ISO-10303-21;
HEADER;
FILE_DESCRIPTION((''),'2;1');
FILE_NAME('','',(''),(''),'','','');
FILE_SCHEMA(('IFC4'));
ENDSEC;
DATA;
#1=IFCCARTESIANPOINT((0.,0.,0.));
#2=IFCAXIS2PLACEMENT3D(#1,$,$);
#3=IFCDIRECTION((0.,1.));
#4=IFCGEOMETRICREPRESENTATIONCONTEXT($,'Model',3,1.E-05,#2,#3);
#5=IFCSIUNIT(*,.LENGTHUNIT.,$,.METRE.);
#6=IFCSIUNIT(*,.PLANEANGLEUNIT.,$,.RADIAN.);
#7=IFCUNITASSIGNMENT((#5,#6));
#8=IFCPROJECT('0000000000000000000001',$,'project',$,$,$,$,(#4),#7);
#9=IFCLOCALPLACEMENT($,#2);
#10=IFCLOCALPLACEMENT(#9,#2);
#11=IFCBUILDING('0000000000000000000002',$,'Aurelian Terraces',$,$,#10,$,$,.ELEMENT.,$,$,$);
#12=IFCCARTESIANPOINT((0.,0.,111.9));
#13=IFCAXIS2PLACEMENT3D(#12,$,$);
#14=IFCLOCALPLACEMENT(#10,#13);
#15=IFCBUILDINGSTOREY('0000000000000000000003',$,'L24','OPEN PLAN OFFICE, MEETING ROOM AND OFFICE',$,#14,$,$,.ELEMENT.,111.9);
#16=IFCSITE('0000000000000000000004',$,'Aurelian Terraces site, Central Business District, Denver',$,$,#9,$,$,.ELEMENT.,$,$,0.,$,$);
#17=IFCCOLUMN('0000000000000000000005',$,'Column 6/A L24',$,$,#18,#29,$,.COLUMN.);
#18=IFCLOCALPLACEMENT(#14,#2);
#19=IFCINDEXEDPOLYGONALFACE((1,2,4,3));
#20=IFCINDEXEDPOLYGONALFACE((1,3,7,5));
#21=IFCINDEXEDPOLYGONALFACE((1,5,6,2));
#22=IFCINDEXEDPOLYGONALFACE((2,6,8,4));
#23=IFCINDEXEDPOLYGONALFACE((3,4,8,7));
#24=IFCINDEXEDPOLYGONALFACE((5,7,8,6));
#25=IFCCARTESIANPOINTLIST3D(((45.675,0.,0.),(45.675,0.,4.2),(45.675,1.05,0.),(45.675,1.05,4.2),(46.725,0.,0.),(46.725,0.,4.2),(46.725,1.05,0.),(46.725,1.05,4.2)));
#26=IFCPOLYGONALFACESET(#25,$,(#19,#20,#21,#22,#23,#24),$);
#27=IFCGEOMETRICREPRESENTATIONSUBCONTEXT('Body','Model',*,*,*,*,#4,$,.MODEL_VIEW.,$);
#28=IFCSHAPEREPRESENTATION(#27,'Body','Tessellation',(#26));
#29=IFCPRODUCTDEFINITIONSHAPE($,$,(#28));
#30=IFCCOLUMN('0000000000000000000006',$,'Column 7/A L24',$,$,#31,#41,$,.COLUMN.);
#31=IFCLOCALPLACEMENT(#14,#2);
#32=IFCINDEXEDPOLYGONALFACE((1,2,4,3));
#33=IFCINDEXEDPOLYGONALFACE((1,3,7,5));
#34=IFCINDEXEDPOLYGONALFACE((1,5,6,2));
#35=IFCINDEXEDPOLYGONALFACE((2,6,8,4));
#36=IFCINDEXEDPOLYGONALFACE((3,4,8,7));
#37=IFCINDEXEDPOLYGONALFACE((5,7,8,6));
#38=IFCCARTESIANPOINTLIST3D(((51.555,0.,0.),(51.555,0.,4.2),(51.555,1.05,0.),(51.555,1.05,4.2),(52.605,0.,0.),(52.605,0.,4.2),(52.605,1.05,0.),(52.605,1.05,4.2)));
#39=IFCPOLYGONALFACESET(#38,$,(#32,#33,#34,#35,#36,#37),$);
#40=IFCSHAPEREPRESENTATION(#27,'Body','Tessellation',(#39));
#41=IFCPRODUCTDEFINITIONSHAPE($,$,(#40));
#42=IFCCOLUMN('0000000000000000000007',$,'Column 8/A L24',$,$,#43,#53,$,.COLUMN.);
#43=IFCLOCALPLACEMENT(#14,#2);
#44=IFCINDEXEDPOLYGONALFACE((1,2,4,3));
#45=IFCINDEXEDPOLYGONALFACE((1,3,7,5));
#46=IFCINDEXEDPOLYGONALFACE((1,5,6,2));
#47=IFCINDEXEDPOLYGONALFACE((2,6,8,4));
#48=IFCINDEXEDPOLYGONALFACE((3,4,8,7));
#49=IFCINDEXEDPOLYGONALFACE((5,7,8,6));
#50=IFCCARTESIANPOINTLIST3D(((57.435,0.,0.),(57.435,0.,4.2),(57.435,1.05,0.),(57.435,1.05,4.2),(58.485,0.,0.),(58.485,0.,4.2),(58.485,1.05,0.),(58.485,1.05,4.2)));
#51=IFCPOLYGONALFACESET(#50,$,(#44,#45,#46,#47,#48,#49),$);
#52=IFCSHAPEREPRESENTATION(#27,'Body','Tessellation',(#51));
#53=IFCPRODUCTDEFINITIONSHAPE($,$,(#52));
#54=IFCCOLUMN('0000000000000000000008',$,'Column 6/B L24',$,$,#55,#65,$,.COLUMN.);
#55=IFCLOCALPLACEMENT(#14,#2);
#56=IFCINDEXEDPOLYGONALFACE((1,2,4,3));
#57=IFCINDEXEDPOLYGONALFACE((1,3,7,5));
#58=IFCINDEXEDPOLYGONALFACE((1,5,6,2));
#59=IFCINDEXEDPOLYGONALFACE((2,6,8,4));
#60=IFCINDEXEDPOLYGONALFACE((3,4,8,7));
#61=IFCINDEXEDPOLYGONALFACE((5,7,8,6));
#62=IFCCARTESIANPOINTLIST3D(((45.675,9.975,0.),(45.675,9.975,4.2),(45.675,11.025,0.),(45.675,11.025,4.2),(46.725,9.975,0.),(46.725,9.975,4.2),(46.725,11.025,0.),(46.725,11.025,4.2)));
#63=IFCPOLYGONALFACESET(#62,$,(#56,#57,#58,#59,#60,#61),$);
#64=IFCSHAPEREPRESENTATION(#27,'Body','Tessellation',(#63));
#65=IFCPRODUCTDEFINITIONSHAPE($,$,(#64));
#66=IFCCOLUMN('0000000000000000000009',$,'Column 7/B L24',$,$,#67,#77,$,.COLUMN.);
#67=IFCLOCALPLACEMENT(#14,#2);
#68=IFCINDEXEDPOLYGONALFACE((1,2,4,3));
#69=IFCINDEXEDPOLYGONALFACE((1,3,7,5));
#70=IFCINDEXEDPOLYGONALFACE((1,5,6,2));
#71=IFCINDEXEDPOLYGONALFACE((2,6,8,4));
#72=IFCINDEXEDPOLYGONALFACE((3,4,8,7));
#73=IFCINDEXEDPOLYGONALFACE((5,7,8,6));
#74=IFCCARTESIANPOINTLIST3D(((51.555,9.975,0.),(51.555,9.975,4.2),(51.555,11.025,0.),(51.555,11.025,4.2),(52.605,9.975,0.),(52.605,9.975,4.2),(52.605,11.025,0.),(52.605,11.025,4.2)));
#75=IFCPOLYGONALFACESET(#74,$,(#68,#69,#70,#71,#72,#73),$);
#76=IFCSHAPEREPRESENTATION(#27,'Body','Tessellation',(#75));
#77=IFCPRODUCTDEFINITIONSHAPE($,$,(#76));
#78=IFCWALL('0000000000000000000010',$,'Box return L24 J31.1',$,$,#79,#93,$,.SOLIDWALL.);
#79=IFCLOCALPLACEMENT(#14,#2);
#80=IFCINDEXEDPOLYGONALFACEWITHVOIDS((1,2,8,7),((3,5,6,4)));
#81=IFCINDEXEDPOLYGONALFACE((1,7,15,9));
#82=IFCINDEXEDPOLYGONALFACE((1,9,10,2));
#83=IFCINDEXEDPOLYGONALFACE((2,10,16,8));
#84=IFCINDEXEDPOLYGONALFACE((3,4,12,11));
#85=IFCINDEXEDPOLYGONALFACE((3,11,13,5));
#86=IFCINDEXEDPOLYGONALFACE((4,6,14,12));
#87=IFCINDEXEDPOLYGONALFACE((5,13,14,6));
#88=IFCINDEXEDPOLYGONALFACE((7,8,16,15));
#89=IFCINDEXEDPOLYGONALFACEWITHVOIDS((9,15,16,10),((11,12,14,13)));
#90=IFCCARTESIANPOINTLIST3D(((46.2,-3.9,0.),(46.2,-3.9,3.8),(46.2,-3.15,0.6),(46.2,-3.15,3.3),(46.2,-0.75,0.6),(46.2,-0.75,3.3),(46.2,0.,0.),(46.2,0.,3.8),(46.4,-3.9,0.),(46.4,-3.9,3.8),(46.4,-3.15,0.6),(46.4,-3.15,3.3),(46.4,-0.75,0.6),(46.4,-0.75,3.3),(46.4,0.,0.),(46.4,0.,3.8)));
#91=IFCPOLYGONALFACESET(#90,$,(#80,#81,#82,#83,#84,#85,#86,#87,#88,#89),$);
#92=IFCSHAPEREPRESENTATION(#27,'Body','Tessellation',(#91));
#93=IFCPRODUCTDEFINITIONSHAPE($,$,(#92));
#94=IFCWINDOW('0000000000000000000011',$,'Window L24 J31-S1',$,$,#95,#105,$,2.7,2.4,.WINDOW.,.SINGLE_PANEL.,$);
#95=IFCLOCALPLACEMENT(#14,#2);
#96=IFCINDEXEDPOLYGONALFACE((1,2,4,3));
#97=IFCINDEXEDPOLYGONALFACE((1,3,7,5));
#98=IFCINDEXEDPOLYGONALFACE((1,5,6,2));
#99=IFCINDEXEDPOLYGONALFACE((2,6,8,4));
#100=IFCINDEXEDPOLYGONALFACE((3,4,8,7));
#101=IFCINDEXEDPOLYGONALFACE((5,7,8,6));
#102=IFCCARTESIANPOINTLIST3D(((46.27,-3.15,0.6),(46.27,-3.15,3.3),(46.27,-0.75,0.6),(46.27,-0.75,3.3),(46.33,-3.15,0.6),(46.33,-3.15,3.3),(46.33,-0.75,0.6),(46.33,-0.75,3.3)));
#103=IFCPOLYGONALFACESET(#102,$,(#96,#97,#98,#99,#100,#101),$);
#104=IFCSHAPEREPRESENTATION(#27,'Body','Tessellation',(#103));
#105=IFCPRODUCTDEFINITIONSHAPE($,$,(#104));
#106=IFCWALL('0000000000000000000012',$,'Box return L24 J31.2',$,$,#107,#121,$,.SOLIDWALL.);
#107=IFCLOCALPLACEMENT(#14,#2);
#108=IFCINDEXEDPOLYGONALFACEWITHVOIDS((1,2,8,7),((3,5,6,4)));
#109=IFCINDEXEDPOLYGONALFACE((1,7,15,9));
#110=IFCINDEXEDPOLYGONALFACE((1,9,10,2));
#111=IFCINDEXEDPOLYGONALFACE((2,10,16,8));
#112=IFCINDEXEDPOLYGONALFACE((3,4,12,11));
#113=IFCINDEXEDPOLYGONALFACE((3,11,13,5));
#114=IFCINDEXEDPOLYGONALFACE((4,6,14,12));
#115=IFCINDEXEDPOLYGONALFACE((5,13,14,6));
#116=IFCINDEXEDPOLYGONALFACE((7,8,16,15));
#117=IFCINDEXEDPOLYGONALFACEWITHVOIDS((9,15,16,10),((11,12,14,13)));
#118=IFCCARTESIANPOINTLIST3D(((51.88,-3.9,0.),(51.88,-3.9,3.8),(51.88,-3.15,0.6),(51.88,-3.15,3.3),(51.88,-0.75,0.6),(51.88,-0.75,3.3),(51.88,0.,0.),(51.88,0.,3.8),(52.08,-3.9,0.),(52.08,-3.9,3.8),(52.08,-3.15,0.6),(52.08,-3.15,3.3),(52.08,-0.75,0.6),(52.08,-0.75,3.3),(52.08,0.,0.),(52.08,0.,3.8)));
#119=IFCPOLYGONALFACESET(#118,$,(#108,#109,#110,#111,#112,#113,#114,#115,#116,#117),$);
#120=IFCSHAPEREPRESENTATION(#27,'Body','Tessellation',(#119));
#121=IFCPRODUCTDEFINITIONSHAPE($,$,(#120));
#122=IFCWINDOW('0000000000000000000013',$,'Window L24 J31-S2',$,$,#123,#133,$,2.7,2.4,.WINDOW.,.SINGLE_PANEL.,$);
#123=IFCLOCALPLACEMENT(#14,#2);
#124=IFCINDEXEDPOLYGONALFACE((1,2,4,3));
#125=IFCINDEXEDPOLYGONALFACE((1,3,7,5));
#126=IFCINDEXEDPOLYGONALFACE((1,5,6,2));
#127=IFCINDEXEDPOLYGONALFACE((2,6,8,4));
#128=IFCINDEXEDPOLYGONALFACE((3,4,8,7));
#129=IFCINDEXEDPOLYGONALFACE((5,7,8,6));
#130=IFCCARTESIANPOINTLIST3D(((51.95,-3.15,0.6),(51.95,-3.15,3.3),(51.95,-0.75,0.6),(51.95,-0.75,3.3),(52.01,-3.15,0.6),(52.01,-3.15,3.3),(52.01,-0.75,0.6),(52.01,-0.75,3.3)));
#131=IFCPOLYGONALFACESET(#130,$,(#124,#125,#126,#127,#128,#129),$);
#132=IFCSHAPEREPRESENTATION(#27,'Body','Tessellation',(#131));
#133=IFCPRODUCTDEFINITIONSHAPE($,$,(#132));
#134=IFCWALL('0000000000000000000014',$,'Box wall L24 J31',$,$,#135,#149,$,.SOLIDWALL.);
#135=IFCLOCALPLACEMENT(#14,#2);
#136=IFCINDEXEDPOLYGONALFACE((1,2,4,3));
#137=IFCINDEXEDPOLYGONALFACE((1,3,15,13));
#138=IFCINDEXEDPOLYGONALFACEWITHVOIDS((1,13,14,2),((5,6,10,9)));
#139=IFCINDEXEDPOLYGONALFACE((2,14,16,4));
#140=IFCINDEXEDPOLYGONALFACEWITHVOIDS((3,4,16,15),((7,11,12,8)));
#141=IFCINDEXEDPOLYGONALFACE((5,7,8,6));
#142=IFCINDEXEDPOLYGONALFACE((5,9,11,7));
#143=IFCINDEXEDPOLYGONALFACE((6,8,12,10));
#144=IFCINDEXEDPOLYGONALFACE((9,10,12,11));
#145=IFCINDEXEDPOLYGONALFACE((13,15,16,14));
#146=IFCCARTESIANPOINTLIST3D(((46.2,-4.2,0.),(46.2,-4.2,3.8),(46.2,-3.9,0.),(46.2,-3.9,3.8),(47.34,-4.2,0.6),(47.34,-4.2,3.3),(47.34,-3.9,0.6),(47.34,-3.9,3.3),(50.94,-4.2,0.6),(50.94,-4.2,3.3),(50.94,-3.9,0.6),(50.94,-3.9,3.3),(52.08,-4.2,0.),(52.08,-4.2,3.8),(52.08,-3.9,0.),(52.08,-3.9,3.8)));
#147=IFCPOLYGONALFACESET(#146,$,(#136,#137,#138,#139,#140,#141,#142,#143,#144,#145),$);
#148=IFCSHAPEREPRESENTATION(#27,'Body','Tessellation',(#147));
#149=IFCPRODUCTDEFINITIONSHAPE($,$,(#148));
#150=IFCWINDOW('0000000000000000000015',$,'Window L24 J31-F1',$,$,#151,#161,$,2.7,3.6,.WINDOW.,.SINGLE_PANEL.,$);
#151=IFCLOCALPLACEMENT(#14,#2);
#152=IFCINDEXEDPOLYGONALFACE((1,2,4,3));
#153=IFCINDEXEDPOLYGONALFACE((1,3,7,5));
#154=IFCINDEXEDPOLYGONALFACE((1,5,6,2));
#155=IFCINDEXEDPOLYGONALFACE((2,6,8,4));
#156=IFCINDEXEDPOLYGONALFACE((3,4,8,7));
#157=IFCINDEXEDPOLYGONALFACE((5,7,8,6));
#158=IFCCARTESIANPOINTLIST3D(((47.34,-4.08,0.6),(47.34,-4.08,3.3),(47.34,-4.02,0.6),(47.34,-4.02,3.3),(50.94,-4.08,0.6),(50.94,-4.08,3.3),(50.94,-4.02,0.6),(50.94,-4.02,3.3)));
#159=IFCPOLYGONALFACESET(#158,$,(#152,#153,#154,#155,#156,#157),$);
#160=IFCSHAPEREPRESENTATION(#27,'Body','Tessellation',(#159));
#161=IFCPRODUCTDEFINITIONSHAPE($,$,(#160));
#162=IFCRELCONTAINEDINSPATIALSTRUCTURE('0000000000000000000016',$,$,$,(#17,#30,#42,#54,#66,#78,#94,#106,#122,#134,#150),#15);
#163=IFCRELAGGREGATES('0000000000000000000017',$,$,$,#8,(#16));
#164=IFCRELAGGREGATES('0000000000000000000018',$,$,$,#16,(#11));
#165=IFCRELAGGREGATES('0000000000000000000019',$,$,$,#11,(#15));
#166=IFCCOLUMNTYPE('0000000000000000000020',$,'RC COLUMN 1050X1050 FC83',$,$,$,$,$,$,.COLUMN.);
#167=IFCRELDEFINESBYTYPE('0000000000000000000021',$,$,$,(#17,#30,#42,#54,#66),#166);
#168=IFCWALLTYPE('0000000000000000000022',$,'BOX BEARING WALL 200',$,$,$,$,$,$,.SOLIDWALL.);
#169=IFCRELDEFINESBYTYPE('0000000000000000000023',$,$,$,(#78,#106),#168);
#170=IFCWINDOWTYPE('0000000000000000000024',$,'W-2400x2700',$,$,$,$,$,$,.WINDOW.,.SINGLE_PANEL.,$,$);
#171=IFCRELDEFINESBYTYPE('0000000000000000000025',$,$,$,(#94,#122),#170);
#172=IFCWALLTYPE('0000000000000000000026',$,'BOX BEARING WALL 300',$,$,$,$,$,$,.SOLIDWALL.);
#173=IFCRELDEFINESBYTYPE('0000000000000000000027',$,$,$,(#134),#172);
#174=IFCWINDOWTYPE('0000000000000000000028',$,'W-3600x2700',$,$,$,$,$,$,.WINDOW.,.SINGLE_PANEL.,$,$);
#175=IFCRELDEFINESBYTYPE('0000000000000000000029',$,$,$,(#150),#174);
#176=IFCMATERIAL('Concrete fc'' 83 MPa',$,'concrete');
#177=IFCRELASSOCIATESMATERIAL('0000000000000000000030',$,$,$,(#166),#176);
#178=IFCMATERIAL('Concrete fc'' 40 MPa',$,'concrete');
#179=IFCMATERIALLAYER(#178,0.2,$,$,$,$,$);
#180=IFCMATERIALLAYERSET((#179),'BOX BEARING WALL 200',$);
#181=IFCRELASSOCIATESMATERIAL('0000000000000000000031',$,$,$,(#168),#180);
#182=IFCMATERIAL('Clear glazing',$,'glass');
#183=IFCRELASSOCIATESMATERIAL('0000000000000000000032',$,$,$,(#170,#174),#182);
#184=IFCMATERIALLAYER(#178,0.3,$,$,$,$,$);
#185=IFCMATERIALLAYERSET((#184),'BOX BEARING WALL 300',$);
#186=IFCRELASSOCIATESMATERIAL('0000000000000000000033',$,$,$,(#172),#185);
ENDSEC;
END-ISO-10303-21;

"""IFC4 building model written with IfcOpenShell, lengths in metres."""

from ifc_helpers import new_model, si_unit, direction, frame, frame_2d, origin, origin_2d, place, context, subcontext, project, spatial, rectangle, extrude, source, transform, mapped, material, layer, layer_set, material_profile, profile_set, type_object, element, fill, save


model = new_model("IFC4")

# Units and contexts
model_context = context("Model", 3, precision=1e-05, world=origin(), true_north=direction((0.0, 1.0)))
body_context = subcontext(model_context, "Body", "Model", "MODEL_VIEW")
ifc_project = project(units=[si_unit("LENGTHUNIT", "METRE"), si_unit("PLANEANGLEUNIT", "RADIAN")], contexts=[model_context])

# Site, building, storey
site_placement = place(None, origin())
site = spatial("IfcSite", under=ifc_project, at=site_placement, Name="Aurelian Terraces site, Central Business District, Denver", CompositionType="ELEMENT", RefElevation=0.0)
building_placement = place(site_placement, origin())
building = spatial("IfcBuilding", under=site, at=building_placement, Name="Aurelian Terraces", CompositionType="ELEMENT")
storey_placement = place(building_placement, frame((0.0, 0.0, 111.9)))
storey = spatial("IfcBuildingStorey", under=building, at=storey_placement, Name="L24", Description="OPEN PLAN OFFICE, MEETING ROOM AND OFFICE", CompositionType="ELEMENT", Elevation=111.9)

# Columns
ifc_material_1 = material(Name="Concrete fc' 83 MPa", Category="concrete")
ifc_material_profile = material_profile(ifc_material_1, rectangle(XDim=1.05, YDim=1.05, at=origin_2d()))
ifc_profile_set = profile_set([ifc_material_profile], Name="Concrete fc' 83 MPa")
column_type = type_object("IfcColumnType", Name="RC COLUMN 1050X1050 FC83", PredefinedType="COLUMN", material=ifc_profile_set)
shared_shape_1 = source(origin(), body_context, "Body", "SweptSolid", [
    extrude(rectangle(XDim=1.05, YDim=1.05, at=origin_2d()), origin(), (0.0, 0.0, 1.0), 4.2),
])
for number, where, z_axis, x_axis, name in (
    (1, (46.2, 0.525, 0.0), (0.0, 0.0, 1.0), (1.0, 0.0, 0.0), "Column 6/A L24"),
    (2, (52.08, 0.525, 0.0), (0.0, 0.0, 1.0), (1.0, 0.0, 0.0), "Column 7/A L24"),
    (3, (57.96, 0.525, 0.0), (0.0, 0.0, 1.0), (1.0, 0.0, 0.0), "Column 8/A L24"),
    (4, (46.2, 10.5, 0.0), (0.0, 0.0, 1.0), (1.0, 0.0, 0.0), "Column 6/B L24"),
    (5, (52.08, 10.5, 0.0), (0.0, 0.0, 1.0), (1.0, 0.0, 0.0), "Column 7/B L24"),
):
    element("IfcColumn", number, at=place(storey_placement, frame(where, z_axis=z_axis, x_axis=x_axis)), inside=storey, type_object=column_type, Name=name, PredefinedType="COLUMN", context=body_context, shape_type="MappedRepresentation", body=[
        mapped(shared_shape_1, transform((0.0, 0.0, 0.0), scale=1.0)),
    ])

# Walls, openings, windows
ifc_material_2 = material(Name="Concrete fc' 40 MPa", Category="concrete")
ifc_layer_1 = layer(ifc_material_2, 0.2)
ifc_layer_set_1 = layer_set([ifc_layer_1], Name="BOX BEARING WALL 200")
wall_type_1 = type_object("IfcWallType", Name="BOX BEARING WALL 200", PredefinedType="SOLIDWALL", material=ifc_layer_set_1)
shared_shape_2 = source(origin(), body_context, "Body", "SweptSolid", [
    extrude(rectangle(XDim=3.9, YDim=0.2, at=frame_2d((1.95, 0.0))), origin(), (0.0, 0.0, 1.0), 3.8),
])
wall_1_placement = place(storey_placement, frame((46.3, 0.0, 0.0), z_axis=(0.0, 0.0, 1.0), x_axis=(0.0, -1.0, 0.0)))
wall_1 = element("IfcWall", 6, at=wall_1_placement, inside=storey, type_object=wall_type_1, Name="Box return L24 J31.1", PredefinedType="SOLIDWALL", context=body_context, shape_type="MappedRepresentation", body=[
    mapped(shared_shape_2, transform((0.0, 0.0, 0.0), scale=1.0)),
])
shared_shape_3 = source(origin(), body_context, "Body", "SweptSolid", [
    extrude(rectangle(XDim=2.4, YDim=2.7, at=frame_2d((1.2, 1.35))), frame((0.0, 0.11, 0.0), z_axis=(0.0, -1.0, 0.0), x_axis=(1.0, 0.0, 0.0)), (0.0, 0.0, 1.0), 0.22),
])
opening_1_placement = place(wall_1_placement, frame((0.75, 0.0, 0.6)))
opening_1 = element("IfcOpeningElement", 7, at=opening_1_placement, cuts=wall_1, PredefinedType="OPENING", context=body_context, shape_type="MappedRepresentation", body=[
    mapped(shared_shape_3, transform((0.0, 0.0, 0.0), scale=1.0)),
])
ifc_material_3 = material(Name="Clear glazing", Category="glass")
window_type_1 = type_object("IfcWindowType", Name="W-2400x2700", PartitioningType="SINGLE_PANEL", PredefinedType="WINDOW", material=ifc_material_3)
shared_shape_4 = source(origin(), body_context, "Body", "SweptSolid", [
    extrude(rectangle(XDim=2.4, YDim=2.7, at=frame_2d((1.2, 1.35))), frame((0.0, 0.03, 0.0), z_axis=(0.0, -1.0, 0.0), x_axis=(1.0, 0.0, 0.0)), (0.0, 0.0, 1.0), 0.06),
])
window_1_placement = place(opening_1_placement, origin())
window_1 = element("IfcWindow", 8, at=window_1_placement, inside=storey, type_object=window_type_1, Name="Window L24 J31-S1", OverallHeight=2.7, OverallWidth=2.4, PartitioningType="SINGLE_PANEL", PredefinedType="WINDOW", context=body_context, shape_type="MappedRepresentation", body=[
    mapped(shared_shape_4, transform((0.0, 0.0, 0.0), scale=1.0)),
])
fill(opening_1, window_1)
wall_2_placement = place(storey_placement, frame((51.98, 0.0, 0.0), z_axis=(0.0, 0.0, 1.0), x_axis=(0.0, -1.0, 0.0)))
wall_2 = element("IfcWall", 9, at=wall_2_placement, inside=storey, type_object=wall_type_1, Name="Box return L24 J31.2", PredefinedType="SOLIDWALL", context=body_context, shape_type="MappedRepresentation", body=[
    mapped(shared_shape_2, transform((0.0, 0.0, 0.0), scale=1.0)),
])
opening_2_placement = place(wall_2_placement, frame((0.75, 0.0, 0.6)))
opening_2 = element("IfcOpeningElement", 10, at=opening_2_placement, cuts=wall_2, PredefinedType="OPENING", context=body_context, shape_type="MappedRepresentation", body=[
    mapped(shared_shape_3, transform((0.0, 0.0, 0.0), scale=1.0)),
])
window_2_placement = place(opening_2_placement, origin())
window_2 = element("IfcWindow", 11, at=window_2_placement, inside=storey, type_object=window_type_1, Name="Window L24 J31-S2", OverallHeight=2.7, OverallWidth=2.4, PartitioningType="SINGLE_PANEL", PredefinedType="WINDOW", context=body_context, shape_type="MappedRepresentation", body=[
    mapped(shared_shape_4, transform((0.0, 0.0, 0.0), scale=1.0)),
])
fill(opening_2, window_2)
ifc_layer_2 = layer(ifc_material_2, 0.3)
ifc_layer_set_2 = layer_set([ifc_layer_2], Name="BOX BEARING WALL 300")
wall_type_2 = type_object("IfcWallType", Name="BOX BEARING WALL 300", PredefinedType="SOLIDWALL", material=ifc_layer_set_2)
shared_shape_5 = source(origin(), body_context, "Body", "SweptSolid", [
    extrude(rectangle(XDim=5.88, YDim=0.3, at=frame_2d((2.94, 0.0))), origin(), (0.0, 0.0, 1.0), 3.8),
])
wall_3_placement = place(storey_placement, frame((46.2, -4.05, 0.0), z_axis=(0.0, 0.0, 1.0), x_axis=(1.0, 0.0, 0.0)))
wall_3 = element("IfcWall", 12, at=wall_3_placement, inside=storey, type_object=wall_type_2, Name="Box wall L24 J31", PredefinedType="SOLIDWALL", context=body_context, shape_type="MappedRepresentation", body=[
    mapped(shared_shape_5, transform((0.0, 0.0, 0.0), scale=1.0)),
])
shared_shape_6 = source(origin(), body_context, "Body", "SweptSolid", [
    extrude(rectangle(XDim=3.6, YDim=2.7, at=frame_2d((1.8, 1.35))), frame((0.0, 0.16, 0.0), z_axis=(0.0, -1.0, 0.0), x_axis=(1.0, 0.0, 0.0)), (0.0, 0.0, 1.0), 0.32),
])
opening_3_placement = place(wall_3_placement, frame((1.14, 0.0, 0.6)))
opening_3 = element("IfcOpeningElement", 13, at=opening_3_placement, cuts=wall_3, PredefinedType="OPENING", context=body_context, shape_type="MappedRepresentation", body=[
    mapped(shared_shape_6, transform((0.0, 0.0, 0.0), scale=1.0)),
])
window_type_2 = type_object("IfcWindowType", Name="W-3600x2700", PartitioningType="SINGLE_PANEL", PredefinedType="WINDOW", material=ifc_material_3)
shared_shape_7 = source(origin(), body_context, "Body", "SweptSolid", [
    extrude(rectangle(XDim=3.6, YDim=2.7, at=frame_2d((1.8, 1.35))), frame((0.0, 0.03, 0.0), z_axis=(0.0, -1.0, 0.0), x_axis=(1.0, 0.0, 0.0)), (0.0, 0.0, 1.0), 0.06),
])
window_3_placement = place(opening_3_placement, origin())
window_3 = element("IfcWindow", 14, at=window_3_placement, inside=storey, type_object=window_type_2, Name="Window L24 J31-F1", OverallHeight=2.7, OverallWidth=3.6, PartitioningType="SINGLE_PANEL", PredefinedType="WINDOW", context=body_context, shape_type="MappedRepresentation", body=[
    mapped(shared_shape_7, transform((0.0, 0.0, 0.0), scale=1.0)),
])
fill(opening_3, window_3)

save(model, "model.ifc")
